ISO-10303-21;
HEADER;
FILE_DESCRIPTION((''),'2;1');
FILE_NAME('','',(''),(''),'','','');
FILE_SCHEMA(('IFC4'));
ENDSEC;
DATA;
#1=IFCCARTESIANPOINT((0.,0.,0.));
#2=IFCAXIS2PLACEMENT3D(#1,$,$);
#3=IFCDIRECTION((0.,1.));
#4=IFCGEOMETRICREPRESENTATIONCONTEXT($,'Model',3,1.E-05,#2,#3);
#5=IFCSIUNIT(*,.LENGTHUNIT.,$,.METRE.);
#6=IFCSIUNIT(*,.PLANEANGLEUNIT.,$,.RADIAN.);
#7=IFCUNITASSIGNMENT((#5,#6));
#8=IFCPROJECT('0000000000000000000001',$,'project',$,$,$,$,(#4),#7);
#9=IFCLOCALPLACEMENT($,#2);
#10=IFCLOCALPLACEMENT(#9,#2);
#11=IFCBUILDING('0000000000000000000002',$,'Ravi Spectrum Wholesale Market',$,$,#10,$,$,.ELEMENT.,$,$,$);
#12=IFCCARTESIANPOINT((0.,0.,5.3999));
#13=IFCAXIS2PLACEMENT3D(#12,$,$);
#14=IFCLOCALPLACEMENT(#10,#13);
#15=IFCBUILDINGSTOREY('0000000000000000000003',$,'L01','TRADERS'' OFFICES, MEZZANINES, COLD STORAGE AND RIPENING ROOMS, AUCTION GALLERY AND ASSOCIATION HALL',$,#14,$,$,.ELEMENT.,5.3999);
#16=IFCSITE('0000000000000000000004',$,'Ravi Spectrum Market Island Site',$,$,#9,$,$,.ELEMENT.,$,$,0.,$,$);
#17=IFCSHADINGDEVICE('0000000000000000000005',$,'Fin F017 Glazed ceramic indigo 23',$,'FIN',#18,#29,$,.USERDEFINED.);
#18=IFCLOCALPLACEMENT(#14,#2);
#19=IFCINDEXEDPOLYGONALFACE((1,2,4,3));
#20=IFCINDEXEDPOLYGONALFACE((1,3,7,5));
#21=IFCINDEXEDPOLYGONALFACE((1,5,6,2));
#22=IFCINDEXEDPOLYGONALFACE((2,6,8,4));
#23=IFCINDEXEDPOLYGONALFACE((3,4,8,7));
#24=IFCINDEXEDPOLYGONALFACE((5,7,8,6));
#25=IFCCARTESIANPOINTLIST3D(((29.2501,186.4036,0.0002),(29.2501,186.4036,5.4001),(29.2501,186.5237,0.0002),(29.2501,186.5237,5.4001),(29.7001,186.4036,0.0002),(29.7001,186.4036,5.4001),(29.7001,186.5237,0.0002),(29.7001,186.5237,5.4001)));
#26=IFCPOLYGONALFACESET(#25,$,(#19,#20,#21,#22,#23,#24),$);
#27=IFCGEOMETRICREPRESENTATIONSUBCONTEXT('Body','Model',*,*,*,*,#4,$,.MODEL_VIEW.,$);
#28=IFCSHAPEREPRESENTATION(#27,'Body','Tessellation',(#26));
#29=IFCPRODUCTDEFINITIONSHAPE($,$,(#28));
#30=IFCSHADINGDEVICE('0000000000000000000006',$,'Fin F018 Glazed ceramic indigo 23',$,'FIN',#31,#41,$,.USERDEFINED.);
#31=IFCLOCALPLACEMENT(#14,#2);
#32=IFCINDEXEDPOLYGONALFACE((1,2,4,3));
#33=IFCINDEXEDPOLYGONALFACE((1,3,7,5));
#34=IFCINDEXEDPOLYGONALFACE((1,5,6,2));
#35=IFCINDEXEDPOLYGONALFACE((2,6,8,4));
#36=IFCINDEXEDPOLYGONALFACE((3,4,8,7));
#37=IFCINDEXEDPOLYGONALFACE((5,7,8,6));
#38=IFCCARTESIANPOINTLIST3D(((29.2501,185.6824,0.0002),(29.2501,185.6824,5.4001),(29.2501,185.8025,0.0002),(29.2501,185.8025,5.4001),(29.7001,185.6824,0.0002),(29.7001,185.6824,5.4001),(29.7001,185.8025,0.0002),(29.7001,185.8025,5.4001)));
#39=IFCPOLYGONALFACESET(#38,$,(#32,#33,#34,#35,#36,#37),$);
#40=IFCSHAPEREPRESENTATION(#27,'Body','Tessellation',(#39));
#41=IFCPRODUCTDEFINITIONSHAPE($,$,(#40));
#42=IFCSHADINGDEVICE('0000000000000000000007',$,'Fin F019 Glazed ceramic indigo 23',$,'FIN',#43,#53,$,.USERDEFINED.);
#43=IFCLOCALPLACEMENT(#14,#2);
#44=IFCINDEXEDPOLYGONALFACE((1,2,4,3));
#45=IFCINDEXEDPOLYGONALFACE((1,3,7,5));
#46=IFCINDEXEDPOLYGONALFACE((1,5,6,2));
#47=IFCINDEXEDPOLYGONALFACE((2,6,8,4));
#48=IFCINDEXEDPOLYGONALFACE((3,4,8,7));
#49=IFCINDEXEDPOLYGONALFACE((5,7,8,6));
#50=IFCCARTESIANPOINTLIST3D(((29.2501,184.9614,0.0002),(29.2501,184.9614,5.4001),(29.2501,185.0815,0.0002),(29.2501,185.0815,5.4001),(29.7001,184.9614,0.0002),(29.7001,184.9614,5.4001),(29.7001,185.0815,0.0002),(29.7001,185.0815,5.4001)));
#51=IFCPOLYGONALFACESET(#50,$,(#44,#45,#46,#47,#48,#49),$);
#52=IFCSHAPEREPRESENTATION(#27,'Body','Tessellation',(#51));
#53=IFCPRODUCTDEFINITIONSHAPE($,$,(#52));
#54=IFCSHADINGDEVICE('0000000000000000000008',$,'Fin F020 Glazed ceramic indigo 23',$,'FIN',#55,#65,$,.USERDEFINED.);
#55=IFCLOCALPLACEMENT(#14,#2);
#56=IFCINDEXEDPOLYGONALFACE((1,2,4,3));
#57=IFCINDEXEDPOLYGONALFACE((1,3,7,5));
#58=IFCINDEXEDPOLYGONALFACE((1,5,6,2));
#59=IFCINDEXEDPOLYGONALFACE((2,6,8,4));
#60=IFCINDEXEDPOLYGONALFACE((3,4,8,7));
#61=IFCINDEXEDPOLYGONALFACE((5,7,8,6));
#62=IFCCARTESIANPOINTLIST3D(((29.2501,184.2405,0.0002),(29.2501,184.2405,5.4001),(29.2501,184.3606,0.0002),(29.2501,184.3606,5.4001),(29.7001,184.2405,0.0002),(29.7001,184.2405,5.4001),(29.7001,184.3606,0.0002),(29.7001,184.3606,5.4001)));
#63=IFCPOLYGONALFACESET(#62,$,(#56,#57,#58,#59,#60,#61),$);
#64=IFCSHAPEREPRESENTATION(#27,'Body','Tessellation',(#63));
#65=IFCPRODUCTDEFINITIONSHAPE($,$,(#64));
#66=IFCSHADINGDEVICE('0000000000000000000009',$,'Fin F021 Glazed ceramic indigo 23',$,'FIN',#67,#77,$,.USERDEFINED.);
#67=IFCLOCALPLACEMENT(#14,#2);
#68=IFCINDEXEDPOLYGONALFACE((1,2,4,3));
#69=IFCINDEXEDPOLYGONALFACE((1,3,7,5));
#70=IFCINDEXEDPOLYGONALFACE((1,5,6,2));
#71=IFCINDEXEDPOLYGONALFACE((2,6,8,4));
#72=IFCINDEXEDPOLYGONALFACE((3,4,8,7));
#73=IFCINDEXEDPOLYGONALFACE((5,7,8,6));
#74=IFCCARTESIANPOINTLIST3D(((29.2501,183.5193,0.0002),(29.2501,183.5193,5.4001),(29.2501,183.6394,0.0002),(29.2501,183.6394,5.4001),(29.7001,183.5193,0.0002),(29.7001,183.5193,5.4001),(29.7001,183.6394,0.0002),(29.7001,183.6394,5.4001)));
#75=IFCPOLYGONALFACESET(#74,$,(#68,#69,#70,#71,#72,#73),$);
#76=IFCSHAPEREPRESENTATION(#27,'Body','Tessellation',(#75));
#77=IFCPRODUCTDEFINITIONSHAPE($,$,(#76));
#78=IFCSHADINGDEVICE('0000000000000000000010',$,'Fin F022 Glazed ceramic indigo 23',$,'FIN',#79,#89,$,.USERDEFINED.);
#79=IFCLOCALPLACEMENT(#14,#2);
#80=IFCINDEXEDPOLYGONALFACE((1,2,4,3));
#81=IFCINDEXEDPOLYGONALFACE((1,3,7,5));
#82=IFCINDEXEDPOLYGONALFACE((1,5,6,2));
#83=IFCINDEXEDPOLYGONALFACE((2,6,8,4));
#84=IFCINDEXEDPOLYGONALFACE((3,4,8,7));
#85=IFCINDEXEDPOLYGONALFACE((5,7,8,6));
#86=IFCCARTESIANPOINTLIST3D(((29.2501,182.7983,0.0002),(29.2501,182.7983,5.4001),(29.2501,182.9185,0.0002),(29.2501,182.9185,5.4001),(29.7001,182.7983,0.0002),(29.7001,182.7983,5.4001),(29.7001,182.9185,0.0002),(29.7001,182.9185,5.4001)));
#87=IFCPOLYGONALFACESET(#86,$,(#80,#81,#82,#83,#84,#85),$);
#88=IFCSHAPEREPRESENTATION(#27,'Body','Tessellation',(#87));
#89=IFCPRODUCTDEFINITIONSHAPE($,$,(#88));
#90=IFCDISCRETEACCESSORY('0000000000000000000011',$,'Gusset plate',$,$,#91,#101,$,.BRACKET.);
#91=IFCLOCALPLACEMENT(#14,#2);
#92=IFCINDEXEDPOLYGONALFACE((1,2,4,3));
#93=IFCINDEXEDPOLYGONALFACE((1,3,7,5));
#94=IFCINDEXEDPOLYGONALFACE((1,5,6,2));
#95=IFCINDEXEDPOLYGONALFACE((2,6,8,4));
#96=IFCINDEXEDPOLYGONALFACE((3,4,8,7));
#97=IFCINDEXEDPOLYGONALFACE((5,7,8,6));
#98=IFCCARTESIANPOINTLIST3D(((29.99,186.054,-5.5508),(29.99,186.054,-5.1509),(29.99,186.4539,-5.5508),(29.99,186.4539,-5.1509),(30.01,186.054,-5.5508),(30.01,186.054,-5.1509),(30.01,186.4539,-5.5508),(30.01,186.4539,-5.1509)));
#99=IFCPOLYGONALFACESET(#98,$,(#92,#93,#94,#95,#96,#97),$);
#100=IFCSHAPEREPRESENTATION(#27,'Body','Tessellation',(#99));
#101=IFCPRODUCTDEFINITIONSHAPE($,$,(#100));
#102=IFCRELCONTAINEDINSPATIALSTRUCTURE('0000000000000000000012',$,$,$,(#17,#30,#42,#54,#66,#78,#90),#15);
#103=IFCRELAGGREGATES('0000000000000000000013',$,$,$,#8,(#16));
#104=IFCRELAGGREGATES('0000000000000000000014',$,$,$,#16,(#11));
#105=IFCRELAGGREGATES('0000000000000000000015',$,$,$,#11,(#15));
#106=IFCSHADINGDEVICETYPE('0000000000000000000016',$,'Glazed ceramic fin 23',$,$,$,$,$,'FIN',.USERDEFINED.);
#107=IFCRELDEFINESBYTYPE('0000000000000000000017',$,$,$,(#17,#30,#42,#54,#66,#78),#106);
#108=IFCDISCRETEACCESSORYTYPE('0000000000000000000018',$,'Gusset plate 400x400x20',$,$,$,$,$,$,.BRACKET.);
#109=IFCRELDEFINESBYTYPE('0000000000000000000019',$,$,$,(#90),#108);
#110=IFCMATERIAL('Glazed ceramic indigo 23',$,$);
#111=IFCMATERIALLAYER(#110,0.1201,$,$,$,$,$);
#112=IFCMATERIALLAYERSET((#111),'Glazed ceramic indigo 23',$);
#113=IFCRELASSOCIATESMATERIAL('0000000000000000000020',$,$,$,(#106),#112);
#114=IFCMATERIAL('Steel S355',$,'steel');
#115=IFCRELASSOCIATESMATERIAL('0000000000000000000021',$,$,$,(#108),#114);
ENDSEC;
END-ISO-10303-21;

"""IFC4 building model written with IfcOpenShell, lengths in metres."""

from ifc_helpers import new_model, si_unit, direction, frame, origin, origin_2d, place, context, subcontext, project, spatial, rectangle, extrude, material, layer, layer_set, material_profile, profile_set, type_object, element, save


model = new_model("IFC4")

# Units and contexts
model_context = context("Model", 3, precision=1e-05, world=origin(), true_north=direction((0.0, 1.0)))
body_context = subcontext(model_context, "Body", "Model", "MODEL_VIEW")
ifc_project = project(units=[si_unit("LENGTHUNIT", "METRE"), si_unit("PLANEANGLEUNIT", "RADIAN")], contexts=[model_context])

# Site, building, storey
site_placement = place(None, origin())
site = spatial("IfcSite", under=ifc_project, at=site_placement, Name="Ravi Spectrum Market Island Site", CompositionType="ELEMENT", RefElevation=0.0)
building_placement = place(site_placement, origin())
building = spatial("IfcBuilding", under=site, at=building_placement, Name="Ravi Spectrum Wholesale Market", CompositionType="ELEMENT")
storey_placement = place(building_placement, frame((0.0, 0.0, 5.3999)))
storey = spatial("IfcBuildingStorey", under=building, at=storey_placement, Name="L01", Description="TRADERS' OFFICES, MEZZANINES, COLD STORAGE AND RIPENING ROOMS, AUCTION GALLERY AND ASSOCIATION HALL", CompositionType="ELEMENT", Elevation=5.3999)

# Shading devices
ifc_material_1 = material(Name="Glazed ceramic indigo 23")
ifc_layer_1 = layer(ifc_material_1, 0.1201)
ifc_layer_set_1 = layer_set([ifc_layer_1], Name="Glazed ceramic indigo 23")
shading_device_type_1 = type_object("IfcShadingDeviceType", Name="Glazed ceramic fin 23", ElementType="FIN", PredefinedType="USERDEFINED", material=ifc_layer_set_1)
for number, where, z_axis, x_axis, name in (
    (1, (29.4751, 186.4636, 0.0002), (0.0, 0.0, 1.0), (0.0, -1.0, 0.0), "Fin F017 Glazed ceramic indigo 23"),
    (2, (29.4751, 185.7424, 0.0002), (0.0, 0.0, 1.0), (0.0, -1.0, 0.0), "Fin F018 Glazed ceramic indigo 23"),
    (3, (29.4751, 185.0215, 0.0002), (0.0, 0.0, 1.0), (0.0, -1.0, 0.0), "Fin F019 Glazed ceramic indigo 23"),
    (4, (29.4751, 184.3005, 0.0002), (0.0, 0.0, 1.0), (0.0, -1.0, 0.0), "Fin F020 Glazed ceramic indigo 23"),
    (5, (29.4751, 183.5793, 0.0002), (0.0, 0.0, 1.0), (0.0, -1.0, 0.0), "Fin F021 Glazed ceramic indigo 23"),
    (6, (29.4751, 182.8584, 0.0002), (0.0, 0.0, 1.0), (0.0, -1.0, 0.0), "Fin F022 Glazed ceramic indigo 23"),
):
    element("IfcShadingDevice", number, at=place(storey_placement, frame(where, z_axis=z_axis, x_axis=x_axis)), inside=storey, type_object=shading_device_type_1, Name=name, ObjectType="FIN", PredefinedType="USERDEFINED", context=body_context, shape_type="SweptSolid", body=[
        extrude(rectangle(XDim=0.1201, YDim=0.45, at=origin_2d()), origin(), (0.0, 0.0, 1.0), 5.3999),
    ])

# Discrete accessory
ifc_material_2 = material(Name="Steel S355", Category="steel")
ifc_material_profile_1 = material_profile(ifc_material_2, rectangle(XDim=0.3999, YDim=0.02, at=origin_2d()))
ifc_profile_set_1 = profile_set([ifc_material_profile_1], Name="Steel S355")
discrete_accessory_type = type_object("IfcDiscreteAccessoryType", Name="Gusset plate 400x400x20", PredefinedType="BRACKET", material=ifc_profile_set_1)
discrete_accessory_placement = place(storey_placement, frame((30.0, 186.2539, -5.5508), z_axis=(0.0, 0.0, 1.0), x_axis=(0.0, 1.0, 0.0)))
element("IfcDiscreteAccessory", 7, at=discrete_accessory_placement, inside=storey, type_object=discrete_accessory_type, Name="Gusset plate", PredefinedType="BRACKET", context=body_context, shape_type="SweptSolid", body=[
    extrude(rectangle(XDim=0.3999, YDim=0.02, at=origin_2d()), origin(), (0.0, 0.0, 1.0), 0.3999),
])

save(model, "model.ifc")
